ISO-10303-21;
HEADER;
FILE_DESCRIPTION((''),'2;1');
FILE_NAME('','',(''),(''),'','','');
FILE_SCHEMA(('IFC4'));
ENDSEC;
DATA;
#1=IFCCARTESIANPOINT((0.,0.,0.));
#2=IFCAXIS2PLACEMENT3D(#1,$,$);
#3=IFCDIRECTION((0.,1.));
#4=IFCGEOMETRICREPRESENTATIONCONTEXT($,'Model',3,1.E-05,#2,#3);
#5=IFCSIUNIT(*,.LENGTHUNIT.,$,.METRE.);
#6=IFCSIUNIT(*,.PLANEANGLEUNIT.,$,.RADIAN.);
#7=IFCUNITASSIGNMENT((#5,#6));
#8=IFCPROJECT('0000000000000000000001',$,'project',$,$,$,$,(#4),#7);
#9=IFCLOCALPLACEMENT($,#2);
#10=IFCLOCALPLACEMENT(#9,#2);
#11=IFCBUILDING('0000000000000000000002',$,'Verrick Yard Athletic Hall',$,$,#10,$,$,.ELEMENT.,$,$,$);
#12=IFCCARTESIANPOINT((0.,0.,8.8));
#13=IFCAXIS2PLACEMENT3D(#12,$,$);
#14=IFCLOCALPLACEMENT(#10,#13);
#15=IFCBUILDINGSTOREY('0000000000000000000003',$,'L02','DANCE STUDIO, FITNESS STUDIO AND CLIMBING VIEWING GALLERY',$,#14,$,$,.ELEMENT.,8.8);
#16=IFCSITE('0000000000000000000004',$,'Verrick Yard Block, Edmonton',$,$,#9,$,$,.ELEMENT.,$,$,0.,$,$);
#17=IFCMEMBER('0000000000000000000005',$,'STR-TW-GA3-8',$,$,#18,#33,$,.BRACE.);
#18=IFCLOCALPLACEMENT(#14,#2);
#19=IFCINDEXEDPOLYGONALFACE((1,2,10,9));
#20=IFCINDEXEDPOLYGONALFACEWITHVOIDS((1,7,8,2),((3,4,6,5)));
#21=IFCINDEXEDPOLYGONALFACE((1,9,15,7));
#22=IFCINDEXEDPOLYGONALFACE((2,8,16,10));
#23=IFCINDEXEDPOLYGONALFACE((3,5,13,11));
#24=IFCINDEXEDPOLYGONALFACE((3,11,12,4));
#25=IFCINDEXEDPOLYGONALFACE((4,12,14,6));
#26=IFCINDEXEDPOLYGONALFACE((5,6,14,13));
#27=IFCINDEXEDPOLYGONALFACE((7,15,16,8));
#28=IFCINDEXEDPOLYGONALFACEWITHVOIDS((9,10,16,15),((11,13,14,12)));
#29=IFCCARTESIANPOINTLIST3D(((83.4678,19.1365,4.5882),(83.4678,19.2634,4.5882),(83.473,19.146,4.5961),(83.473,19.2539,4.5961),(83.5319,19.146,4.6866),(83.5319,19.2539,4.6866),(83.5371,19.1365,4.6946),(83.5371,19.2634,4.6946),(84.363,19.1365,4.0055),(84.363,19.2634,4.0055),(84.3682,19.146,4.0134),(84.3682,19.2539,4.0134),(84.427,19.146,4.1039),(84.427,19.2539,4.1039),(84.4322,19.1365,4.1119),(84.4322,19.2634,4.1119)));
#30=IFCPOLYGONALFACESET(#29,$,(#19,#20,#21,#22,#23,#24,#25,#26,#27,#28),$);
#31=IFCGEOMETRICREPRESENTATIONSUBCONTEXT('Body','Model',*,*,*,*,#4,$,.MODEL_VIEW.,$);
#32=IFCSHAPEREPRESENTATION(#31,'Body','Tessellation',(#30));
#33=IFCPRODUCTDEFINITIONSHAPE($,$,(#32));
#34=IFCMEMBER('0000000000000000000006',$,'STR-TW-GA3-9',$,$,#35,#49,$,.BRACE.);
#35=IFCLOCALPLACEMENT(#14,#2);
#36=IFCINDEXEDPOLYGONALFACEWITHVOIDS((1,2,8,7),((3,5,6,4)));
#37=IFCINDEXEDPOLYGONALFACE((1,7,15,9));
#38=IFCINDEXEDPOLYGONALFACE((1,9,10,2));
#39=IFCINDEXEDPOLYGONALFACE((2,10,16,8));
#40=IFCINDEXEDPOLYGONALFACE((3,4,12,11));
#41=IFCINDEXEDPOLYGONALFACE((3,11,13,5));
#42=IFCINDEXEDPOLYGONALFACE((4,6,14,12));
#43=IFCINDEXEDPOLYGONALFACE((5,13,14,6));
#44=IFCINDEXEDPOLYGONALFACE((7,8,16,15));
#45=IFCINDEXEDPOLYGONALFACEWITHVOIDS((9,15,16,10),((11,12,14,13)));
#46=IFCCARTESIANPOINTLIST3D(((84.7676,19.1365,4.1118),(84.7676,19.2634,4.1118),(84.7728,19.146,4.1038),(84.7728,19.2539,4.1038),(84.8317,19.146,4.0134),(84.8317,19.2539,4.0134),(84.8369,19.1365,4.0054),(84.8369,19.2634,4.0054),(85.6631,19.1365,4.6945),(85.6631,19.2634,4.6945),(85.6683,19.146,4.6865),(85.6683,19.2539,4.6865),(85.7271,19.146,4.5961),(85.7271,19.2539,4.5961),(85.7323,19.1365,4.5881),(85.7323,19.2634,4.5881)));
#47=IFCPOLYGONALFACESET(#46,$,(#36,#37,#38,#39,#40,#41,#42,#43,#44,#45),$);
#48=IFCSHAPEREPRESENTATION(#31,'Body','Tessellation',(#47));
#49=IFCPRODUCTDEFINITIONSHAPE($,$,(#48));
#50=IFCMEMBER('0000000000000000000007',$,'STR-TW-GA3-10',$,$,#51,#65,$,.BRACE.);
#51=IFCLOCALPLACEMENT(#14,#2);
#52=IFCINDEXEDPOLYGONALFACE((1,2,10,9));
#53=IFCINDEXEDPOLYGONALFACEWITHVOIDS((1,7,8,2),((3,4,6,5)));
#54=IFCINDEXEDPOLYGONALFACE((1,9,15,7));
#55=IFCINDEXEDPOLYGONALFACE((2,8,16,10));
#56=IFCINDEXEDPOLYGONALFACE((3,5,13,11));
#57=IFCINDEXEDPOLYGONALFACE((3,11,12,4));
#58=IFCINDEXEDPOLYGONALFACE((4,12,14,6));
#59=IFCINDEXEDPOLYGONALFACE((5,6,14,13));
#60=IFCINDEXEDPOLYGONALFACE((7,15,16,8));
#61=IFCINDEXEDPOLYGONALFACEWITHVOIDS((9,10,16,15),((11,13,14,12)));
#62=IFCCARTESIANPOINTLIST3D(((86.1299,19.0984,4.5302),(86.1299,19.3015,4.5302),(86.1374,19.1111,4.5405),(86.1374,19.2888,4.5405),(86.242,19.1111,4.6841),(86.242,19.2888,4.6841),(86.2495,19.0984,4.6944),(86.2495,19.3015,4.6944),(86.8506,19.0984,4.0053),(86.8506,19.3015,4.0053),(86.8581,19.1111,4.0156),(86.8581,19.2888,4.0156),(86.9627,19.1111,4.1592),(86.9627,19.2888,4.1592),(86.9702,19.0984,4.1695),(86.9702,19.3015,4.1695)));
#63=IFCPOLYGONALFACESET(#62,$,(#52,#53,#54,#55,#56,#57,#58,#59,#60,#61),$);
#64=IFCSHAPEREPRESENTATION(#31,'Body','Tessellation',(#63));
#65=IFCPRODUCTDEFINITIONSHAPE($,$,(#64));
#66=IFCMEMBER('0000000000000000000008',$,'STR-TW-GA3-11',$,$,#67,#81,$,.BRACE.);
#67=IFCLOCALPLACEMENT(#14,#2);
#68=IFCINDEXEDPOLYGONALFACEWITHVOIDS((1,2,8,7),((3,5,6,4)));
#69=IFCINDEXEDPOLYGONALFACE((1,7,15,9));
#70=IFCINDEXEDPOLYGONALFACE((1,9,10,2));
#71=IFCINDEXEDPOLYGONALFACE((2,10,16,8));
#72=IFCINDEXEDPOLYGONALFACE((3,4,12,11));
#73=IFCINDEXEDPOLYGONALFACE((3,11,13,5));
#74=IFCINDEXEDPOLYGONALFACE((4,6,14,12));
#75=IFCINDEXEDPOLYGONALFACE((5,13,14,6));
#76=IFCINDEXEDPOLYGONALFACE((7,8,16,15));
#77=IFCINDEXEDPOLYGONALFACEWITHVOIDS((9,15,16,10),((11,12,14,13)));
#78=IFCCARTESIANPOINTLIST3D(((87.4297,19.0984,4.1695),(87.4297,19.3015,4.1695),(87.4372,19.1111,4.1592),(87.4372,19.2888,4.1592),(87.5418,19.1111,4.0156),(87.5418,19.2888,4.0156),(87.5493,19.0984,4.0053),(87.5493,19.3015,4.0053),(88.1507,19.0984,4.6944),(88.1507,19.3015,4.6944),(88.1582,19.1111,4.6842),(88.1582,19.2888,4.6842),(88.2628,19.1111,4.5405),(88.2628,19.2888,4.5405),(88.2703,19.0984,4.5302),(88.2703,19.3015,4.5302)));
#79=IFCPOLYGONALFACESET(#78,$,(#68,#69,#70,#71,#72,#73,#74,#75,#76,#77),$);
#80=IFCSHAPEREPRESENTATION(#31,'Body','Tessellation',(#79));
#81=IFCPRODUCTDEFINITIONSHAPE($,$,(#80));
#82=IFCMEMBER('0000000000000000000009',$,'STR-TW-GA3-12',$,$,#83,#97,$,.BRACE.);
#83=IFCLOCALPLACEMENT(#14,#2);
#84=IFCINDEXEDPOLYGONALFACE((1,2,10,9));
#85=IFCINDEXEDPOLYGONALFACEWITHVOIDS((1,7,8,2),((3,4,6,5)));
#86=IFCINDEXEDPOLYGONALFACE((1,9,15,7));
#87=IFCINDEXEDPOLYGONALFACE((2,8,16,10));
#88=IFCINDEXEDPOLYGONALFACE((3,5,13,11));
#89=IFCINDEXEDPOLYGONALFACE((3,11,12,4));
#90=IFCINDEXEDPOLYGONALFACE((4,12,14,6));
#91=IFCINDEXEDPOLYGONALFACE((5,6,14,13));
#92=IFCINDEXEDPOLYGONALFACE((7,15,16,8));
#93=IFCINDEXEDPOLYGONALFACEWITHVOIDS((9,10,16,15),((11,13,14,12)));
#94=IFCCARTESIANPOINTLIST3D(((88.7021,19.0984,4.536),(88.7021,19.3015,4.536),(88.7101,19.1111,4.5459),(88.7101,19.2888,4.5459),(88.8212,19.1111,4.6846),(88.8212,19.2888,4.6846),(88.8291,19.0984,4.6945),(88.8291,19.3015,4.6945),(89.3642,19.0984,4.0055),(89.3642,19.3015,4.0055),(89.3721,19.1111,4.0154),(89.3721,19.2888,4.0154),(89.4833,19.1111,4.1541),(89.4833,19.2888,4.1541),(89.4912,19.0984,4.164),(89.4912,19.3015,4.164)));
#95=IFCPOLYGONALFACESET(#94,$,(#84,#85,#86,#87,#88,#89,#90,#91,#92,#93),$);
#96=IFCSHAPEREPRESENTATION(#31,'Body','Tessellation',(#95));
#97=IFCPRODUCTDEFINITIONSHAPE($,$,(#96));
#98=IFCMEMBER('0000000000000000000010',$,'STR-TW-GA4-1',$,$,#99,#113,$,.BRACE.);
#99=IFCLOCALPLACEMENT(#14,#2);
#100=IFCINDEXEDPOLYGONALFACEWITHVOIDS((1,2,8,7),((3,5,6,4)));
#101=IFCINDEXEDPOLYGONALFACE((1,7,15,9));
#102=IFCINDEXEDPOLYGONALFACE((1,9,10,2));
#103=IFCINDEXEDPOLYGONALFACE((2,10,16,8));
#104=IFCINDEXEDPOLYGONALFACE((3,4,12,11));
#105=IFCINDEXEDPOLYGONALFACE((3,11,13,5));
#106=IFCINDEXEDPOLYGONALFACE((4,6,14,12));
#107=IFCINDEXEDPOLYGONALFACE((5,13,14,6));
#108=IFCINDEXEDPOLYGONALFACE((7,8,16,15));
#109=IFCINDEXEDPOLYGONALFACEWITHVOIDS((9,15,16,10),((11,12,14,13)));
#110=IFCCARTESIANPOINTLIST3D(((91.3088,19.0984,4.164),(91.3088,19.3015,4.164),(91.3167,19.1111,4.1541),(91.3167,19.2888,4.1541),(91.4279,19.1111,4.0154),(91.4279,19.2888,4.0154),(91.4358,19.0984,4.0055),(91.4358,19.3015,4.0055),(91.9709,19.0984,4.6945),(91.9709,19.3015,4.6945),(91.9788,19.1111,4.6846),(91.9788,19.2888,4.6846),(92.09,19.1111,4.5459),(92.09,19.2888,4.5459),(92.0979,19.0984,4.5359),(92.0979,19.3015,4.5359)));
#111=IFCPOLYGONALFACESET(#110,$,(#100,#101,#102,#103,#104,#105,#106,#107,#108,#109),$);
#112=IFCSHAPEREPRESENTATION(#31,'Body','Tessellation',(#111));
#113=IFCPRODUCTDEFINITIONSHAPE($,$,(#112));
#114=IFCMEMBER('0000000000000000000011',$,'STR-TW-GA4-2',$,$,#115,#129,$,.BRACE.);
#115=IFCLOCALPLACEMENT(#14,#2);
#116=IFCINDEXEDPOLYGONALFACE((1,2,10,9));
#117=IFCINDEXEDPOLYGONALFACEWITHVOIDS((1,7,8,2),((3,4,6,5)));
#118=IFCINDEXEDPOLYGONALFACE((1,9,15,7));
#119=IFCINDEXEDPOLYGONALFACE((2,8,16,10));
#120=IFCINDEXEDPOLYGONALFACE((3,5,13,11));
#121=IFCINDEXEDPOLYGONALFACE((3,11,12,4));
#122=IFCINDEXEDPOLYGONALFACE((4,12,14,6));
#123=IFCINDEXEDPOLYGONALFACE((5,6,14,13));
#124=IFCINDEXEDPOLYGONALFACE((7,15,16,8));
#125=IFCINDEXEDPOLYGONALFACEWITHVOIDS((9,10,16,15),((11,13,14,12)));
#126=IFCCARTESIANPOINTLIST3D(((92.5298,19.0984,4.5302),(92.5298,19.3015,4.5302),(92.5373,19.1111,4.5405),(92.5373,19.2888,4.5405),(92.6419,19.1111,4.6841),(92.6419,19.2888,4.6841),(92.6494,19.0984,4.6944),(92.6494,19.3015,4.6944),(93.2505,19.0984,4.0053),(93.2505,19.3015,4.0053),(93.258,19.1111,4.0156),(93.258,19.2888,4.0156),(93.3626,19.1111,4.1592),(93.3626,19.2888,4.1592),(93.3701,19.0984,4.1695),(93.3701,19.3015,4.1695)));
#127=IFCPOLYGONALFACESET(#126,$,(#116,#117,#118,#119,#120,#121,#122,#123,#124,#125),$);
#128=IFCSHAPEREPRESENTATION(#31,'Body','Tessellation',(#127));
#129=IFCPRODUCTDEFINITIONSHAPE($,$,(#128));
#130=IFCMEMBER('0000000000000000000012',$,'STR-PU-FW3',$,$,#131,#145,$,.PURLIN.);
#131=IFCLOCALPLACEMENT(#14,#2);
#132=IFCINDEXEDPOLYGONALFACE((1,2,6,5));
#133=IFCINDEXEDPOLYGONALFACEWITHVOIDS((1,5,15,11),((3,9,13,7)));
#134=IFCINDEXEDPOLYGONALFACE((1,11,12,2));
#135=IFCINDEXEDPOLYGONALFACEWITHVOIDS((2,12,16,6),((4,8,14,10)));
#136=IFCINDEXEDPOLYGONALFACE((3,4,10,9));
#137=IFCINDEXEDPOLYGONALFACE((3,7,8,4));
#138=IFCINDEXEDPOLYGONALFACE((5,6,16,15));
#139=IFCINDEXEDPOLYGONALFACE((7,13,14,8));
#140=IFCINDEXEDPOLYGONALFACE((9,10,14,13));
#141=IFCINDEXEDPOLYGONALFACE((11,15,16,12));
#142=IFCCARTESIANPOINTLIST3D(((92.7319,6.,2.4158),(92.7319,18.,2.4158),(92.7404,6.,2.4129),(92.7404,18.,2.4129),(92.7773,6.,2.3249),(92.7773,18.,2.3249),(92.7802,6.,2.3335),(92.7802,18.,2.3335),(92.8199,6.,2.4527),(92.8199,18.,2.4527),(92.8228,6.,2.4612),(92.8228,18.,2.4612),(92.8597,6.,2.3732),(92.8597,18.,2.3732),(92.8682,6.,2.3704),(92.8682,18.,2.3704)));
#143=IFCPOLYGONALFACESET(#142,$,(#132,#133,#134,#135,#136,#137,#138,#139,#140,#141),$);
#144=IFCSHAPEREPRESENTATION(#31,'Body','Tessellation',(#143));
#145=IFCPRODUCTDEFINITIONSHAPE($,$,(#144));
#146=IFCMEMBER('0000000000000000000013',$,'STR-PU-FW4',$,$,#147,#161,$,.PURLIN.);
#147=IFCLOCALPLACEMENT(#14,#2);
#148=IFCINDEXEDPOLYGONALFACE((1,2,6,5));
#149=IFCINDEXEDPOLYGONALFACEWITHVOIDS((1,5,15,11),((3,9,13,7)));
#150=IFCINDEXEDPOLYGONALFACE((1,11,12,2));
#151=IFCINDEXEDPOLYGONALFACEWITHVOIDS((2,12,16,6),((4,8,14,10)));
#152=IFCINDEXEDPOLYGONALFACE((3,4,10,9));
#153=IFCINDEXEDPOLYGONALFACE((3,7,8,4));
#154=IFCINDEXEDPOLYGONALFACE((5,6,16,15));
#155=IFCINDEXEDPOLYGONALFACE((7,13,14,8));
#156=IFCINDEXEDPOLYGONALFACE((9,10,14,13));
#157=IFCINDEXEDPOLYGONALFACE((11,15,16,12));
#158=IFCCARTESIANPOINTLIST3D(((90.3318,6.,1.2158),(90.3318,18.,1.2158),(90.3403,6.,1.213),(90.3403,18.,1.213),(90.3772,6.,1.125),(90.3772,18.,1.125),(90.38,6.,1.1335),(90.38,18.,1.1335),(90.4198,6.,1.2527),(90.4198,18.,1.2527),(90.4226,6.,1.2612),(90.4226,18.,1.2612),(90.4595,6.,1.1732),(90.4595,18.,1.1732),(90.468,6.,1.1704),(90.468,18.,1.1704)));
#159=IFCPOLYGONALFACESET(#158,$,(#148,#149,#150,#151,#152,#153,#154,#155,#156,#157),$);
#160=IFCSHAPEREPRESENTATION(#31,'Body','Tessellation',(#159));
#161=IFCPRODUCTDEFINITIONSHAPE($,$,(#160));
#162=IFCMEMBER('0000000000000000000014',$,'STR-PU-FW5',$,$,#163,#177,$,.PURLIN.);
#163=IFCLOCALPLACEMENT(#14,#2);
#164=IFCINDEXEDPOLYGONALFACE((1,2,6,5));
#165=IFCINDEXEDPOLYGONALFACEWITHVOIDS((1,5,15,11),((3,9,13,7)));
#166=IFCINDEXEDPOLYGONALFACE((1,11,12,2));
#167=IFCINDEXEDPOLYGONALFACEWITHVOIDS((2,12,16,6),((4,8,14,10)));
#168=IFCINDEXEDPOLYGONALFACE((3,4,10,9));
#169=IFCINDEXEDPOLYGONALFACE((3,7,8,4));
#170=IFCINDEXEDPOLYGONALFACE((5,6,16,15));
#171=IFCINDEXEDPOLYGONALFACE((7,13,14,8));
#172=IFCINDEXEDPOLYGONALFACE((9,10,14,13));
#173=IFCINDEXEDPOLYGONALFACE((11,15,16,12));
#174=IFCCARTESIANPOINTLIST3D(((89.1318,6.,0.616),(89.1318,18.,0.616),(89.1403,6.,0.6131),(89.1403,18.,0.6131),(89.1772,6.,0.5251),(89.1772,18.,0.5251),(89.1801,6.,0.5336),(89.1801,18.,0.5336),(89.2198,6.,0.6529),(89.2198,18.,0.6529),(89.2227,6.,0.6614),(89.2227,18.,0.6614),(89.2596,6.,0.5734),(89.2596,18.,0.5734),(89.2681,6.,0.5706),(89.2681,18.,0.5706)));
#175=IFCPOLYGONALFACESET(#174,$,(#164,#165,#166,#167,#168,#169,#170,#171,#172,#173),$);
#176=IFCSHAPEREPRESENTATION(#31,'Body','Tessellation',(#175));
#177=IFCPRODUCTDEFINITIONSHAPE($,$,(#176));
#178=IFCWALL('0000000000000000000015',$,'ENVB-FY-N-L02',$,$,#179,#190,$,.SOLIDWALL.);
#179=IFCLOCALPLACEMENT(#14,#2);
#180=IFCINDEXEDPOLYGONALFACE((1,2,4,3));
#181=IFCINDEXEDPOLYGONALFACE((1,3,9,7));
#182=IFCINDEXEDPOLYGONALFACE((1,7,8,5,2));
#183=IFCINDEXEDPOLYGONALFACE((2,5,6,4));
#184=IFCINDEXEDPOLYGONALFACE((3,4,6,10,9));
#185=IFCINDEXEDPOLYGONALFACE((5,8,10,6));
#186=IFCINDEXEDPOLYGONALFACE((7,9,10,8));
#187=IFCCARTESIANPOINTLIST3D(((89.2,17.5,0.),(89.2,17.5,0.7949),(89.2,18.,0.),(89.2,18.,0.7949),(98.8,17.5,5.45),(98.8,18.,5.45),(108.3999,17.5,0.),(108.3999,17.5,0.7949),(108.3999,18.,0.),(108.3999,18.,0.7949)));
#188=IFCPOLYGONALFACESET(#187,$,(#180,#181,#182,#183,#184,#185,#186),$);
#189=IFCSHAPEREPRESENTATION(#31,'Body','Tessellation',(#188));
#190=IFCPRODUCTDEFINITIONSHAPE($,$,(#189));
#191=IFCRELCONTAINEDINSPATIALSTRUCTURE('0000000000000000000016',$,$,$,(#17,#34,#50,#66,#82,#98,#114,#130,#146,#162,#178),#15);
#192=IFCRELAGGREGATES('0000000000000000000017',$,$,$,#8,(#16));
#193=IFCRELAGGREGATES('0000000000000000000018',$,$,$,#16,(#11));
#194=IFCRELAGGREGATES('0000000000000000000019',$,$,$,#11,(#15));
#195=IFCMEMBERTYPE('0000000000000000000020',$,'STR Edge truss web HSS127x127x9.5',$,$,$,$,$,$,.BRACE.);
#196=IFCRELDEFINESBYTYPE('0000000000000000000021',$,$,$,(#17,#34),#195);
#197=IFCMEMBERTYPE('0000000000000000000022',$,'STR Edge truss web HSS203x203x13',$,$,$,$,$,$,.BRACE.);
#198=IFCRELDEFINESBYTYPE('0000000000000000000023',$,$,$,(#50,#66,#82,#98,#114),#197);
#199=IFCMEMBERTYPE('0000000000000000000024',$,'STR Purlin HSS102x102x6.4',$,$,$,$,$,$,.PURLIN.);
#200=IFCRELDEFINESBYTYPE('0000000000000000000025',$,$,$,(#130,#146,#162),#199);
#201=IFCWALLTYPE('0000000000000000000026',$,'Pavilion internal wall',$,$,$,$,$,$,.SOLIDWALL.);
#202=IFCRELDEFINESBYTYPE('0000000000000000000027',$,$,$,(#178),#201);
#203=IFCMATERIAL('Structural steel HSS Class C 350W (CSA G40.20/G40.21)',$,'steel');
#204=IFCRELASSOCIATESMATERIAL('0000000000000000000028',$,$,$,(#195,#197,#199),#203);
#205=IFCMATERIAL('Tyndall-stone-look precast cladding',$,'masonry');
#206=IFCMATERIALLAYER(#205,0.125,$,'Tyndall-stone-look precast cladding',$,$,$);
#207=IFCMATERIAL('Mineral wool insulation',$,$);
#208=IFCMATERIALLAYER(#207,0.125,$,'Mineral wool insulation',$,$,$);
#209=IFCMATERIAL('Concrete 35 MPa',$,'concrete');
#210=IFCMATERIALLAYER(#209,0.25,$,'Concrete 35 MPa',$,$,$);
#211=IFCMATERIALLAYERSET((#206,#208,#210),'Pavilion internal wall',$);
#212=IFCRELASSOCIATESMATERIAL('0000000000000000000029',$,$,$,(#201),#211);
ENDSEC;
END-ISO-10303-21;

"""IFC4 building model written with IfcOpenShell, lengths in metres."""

from ifc_helpers import new_model, si_unit, direction, frame, origin, origin_2d, place, context, subcontext, project, spatial, polyline, hollow_rectangle, outline, extrude, material, layer, layer_set, material_profile, profile_set, type_object, element, save


model = new_model("IFC4")

# Units and contexts
model_context = context("Model", 3, precision=1e-05, world=origin(), true_north=direction((0.0, 1.0)))
body_context = subcontext(model_context, "Body", "Model", "MODEL_VIEW")
ifc_project = project(units=[si_unit("LENGTHUNIT", "METRE"), si_unit("PLANEANGLEUNIT", "RADIAN")], contexts=[model_context])

# Site, building, storey
site_placement = place(None, origin())
site = spatial("IfcSite", under=ifc_project, at=site_placement, Name="Verrick Yard Block, Edmonton", CompositionType="ELEMENT", RefElevation=0.0)
building_placement = place(site_placement, origin())
building = spatial("IfcBuilding", under=site, at=building_placement, Name="Verrick Yard Athletic Hall", CompositionType="ELEMENT")
storey_placement = place(building_placement, frame((0.0, 0.0, 8.8)))
storey = spatial("IfcBuildingStorey", under=building, at=storey_placement, Name="L02", Description="DANCE STUDIO, FITNESS STUDIO AND CLIMBING VIEWING GALLERY", CompositionType="ELEMENT", Elevation=8.8)

# Shared definitions
ifc_material_1 = material(Name="Concrete 35 MPa", Category="concrete")

# Members
ifc_material_2 = material(Name="Structural steel HSS Class C 350W (CSA G40.20/G40.21)", Category="steel")
ifc_material_profile_1 = material_profile(ifc_material_2, hollow_rectangle(XDim=0.127, YDim=0.127, WallThickness=0.0095, at=origin_2d()), Name="HSS127x127x9.5")
ifc_profile_set_1 = profile_set([ifc_material_profile_1], Name="Structural steel HSS Class C 350W (CSA G40.20/G40.21)")
member_type_1 = type_object("IfcMemberType", Name="STR Edge truss web HSS127x127x9.5", PredefinedType="BRACE", material=ifc_profile_set_1)
member_1_placement = place(storey_placement, frame((83.5024, 19.2, 4.6414), z_axis=(0.838083, 0.0, -0.545543), x_axis=(0.0, 1.0, 0.0)))
element("IfcMember", 1, at=member_1_placement, inside=storey, type_object=member_type_1, Name="STR-TW-GA3-8", PredefinedType="BRACE", context=body_context, shape_type="SweptSolid", body=[
    extrude(hollow_rectangle(XDim=0.127, YDim=0.127, WallThickness=0.0095, at=origin_2d()), origin(), (0.0, 0.0, 1.0), 1.0681),
])
member_2_placement = place(storey_placement, frame((84.8022, 19.2, 4.0586), z_axis=(0.838151, 0.0, 0.545438), x_axis=(0.0, 1.0, 0.0)))
element("IfcMember", 2, at=member_2_placement, inside=storey, type_object=member_type_1, Name="STR-TW-GA3-9", PredefinedType="BRACE", context=body_context, shape_type="SweptSolid", body=[
    extrude(hollow_rectangle(XDim=0.127, YDim=0.127, WallThickness=0.0095, at=origin_2d()), origin(), (0.0, 0.0, 1.0), 1.0684),
])
ifc_material_profile_2 = material_profile(ifc_material_2, hollow_rectangle(XDim=0.2031, YDim=0.2031, WallThickness=0.0127, at=origin_2d()), Name="HSS203x203x13")
ifc_profile_set_2 = profile_set([ifc_material_profile_2], Name="Structural steel HSS Class C 350W (CSA G40.20/G40.21)")
member_type_2 = type_object("IfcMemberType", Name="STR Edge truss web HSS203x203x13", PredefinedType="BRACE", material=ifc_profile_set_2)
member_3_placement = place(storey_placement, frame((86.1897, 19.2, 4.6123), z_axis=(0.808333, 0.0, -0.588725), x_axis=(0.0, 1.0, 0.0)))
element("IfcMember", 3, at=member_3_placement, inside=storey, type_object=member_type_2, Name="STR-TW-GA3-10", PredefinedType="BRACE", context=body_context, shape_type="SweptSolid", body=[
    extrude(hollow_rectangle(XDim=0.2031, YDim=0.2031, WallThickness=0.0127, at=origin_2d()), origin(), (0.0, 0.0, 1.0), 0.8916),
])
member_4_placement = place(storey_placement, frame((87.4895, 19.2, 4.0874), z_axis=(0.808428, 0.0, 0.588595), x_axis=(0.0, 1.0, 0.0)))
element("IfcMember", 4, at=member_4_placement, inside=storey, type_object=member_type_2, Name="STR-TW-GA3-11", PredefinedType="BRACE", context=body_context, shape_type="SweptSolid", body=[
    extrude(hollow_rectangle(XDim=0.2031, YDim=0.2031, WallThickness=0.0127, at=origin_2d()), origin(), (0.0, 0.0, 1.0), 0.8918),
])
for number, where, z_axis, x_axis, name in (
    (5, (88.7656, 19.2, 4.6152), (0.780391, 0.0, -0.625291), (0.0, 1.0, 0.0), "STR-TW-GA3-12"),
    (6, (91.3723, 19.2, 4.0847), (0.780391, 0.0, 0.625291), (0.0, 1.0, 0.0), "STR-TW-GA4-1"),
):
    element("IfcMember", number, at=place(storey_placement, frame(where, z_axis=z_axis, x_axis=x_axis)), inside=storey, type_object=member_type_2, Name=name, PredefinedType="BRACE", context=body_context, shape_type="SweptSolid", body=[
        extrude(hollow_rectangle(XDim=0.2031, YDim=0.2031, WallThickness=0.0127, at=origin_2d()), origin(), (0.0, 0.0, 1.0), 0.8484),
    ])
member_5_placement = place(storey_placement, frame((92.5896, 19.2, 4.6123), z_axis=(0.808333, 0.0, -0.588725), x_axis=(0.0, 1.0, 0.0)))
element("IfcMember", 7, at=member_5_placement, inside=storey, type_object=member_type_2, Name="STR-TW-GA4-2", PredefinedType="BRACE", context=body_context, shape_type="SweptSolid", body=[
    extrude(hollow_rectangle(XDim=0.2031, YDim=0.2031, WallThickness=0.0127, at=origin_2d()), origin(), (0.0, 0.0, 1.0), 0.8916),
])
ifc_material_profile_3 = material_profile(ifc_material_2, hollow_rectangle(XDim=0.1016, YDim=0.1016, WallThickness=0.0063, at=origin_2d()), Name="HSS102x102x6.4")
ifc_profile_set_3 = profile_set([ifc_material_profile_3], Name="Structural steel HSS Class C 350W (CSA G40.20/G40.21)")
member_type_3 = type_object("IfcMemberType", Name="STR Purlin HSS102x102x6.4", PredefinedType="PURLIN", material=ifc_profile_set_3)
for number, where, z_axis, x_axis, name in (
    (8, (92.8, 6.0, 2.3931), (0.0, 1.0, 0.0), (-0.894427, 0.0, -0.447214), "STR-PU-FW3"),
    (9, (90.3999, 6.0, 1.1931), (0.0, 1.0, 0.0), (-0.894427, 0.0, -0.447214), "STR-PU-FW4"),
    (10, (89.2, 6.0, 0.5933), (0.0, 1.0, 0.0), (-0.894427, 0.0, -0.447214), "STR-PU-FW5"),
):
    element("IfcMember", number, at=place(storey_placement, frame(where, z_axis=z_axis, x_axis=x_axis)), inside=storey, type_object=member_type_3, Name=name, PredefinedType="PURLIN", context=body_context, shape_type="SweptSolid", body=[
        extrude(hollow_rectangle(XDim=0.1016, YDim=0.1016, WallThickness=0.0063, at=origin_2d()), origin(), (0.0, 0.0, 1.0), 12.0),
    ])

# Wall
ifc_material_3 = material(Name="Tyndall-stone-look precast cladding", Category="masonry")
ifc_layer_1 = layer(ifc_material_3, 0.125, Name="Tyndall-stone-look precast cladding")
ifc_material_4 = material(Name="Mineral wool insulation")
ifc_layer_2 = layer(ifc_material_4, 0.125, Name="Mineral wool insulation")
ifc_layer_3 = layer(ifc_material_1, 0.25, Name="Concrete 35 MPa")
ifc_layer_set_1 = layer_set([ifc_layer_1, ifc_layer_2, ifc_layer_3], Name="Pavilion internal wall")
wall_type_1 = type_object("IfcWallType", Name="Pavilion internal wall", PredefinedType="SOLIDWALL", material=ifc_layer_set_1)
wall_1_placement = place(storey_placement, frame((89.2, 17.75, 0.0), z_axis=(0.0, 0.0, 1.0), x_axis=(1.0, 0.0, 0.0)))
element("IfcWall", 11, at=wall_1_placement, inside=storey, type_object=wall_type_1, Name="ENVB-FY-N-L02", PredefinedType="SOLIDWALL", context=body_context, shape_type="SweptSolid", body=[
    extrude(outline(polyline([(0.0, 0.0), (19.2, 0.0), (19.2, 0.7949), (9.6001, 5.45), (0.0, 0.7949), (0.0, 0.0)])), frame((0.0, 0.25, 0.0), z_axis=(0.0, -1.0, 0.0), x_axis=(1.0, 0.0, 0.0)), (0.0, 0.0, 1.0), 0.5),
])

save(model, "model.ifc")
